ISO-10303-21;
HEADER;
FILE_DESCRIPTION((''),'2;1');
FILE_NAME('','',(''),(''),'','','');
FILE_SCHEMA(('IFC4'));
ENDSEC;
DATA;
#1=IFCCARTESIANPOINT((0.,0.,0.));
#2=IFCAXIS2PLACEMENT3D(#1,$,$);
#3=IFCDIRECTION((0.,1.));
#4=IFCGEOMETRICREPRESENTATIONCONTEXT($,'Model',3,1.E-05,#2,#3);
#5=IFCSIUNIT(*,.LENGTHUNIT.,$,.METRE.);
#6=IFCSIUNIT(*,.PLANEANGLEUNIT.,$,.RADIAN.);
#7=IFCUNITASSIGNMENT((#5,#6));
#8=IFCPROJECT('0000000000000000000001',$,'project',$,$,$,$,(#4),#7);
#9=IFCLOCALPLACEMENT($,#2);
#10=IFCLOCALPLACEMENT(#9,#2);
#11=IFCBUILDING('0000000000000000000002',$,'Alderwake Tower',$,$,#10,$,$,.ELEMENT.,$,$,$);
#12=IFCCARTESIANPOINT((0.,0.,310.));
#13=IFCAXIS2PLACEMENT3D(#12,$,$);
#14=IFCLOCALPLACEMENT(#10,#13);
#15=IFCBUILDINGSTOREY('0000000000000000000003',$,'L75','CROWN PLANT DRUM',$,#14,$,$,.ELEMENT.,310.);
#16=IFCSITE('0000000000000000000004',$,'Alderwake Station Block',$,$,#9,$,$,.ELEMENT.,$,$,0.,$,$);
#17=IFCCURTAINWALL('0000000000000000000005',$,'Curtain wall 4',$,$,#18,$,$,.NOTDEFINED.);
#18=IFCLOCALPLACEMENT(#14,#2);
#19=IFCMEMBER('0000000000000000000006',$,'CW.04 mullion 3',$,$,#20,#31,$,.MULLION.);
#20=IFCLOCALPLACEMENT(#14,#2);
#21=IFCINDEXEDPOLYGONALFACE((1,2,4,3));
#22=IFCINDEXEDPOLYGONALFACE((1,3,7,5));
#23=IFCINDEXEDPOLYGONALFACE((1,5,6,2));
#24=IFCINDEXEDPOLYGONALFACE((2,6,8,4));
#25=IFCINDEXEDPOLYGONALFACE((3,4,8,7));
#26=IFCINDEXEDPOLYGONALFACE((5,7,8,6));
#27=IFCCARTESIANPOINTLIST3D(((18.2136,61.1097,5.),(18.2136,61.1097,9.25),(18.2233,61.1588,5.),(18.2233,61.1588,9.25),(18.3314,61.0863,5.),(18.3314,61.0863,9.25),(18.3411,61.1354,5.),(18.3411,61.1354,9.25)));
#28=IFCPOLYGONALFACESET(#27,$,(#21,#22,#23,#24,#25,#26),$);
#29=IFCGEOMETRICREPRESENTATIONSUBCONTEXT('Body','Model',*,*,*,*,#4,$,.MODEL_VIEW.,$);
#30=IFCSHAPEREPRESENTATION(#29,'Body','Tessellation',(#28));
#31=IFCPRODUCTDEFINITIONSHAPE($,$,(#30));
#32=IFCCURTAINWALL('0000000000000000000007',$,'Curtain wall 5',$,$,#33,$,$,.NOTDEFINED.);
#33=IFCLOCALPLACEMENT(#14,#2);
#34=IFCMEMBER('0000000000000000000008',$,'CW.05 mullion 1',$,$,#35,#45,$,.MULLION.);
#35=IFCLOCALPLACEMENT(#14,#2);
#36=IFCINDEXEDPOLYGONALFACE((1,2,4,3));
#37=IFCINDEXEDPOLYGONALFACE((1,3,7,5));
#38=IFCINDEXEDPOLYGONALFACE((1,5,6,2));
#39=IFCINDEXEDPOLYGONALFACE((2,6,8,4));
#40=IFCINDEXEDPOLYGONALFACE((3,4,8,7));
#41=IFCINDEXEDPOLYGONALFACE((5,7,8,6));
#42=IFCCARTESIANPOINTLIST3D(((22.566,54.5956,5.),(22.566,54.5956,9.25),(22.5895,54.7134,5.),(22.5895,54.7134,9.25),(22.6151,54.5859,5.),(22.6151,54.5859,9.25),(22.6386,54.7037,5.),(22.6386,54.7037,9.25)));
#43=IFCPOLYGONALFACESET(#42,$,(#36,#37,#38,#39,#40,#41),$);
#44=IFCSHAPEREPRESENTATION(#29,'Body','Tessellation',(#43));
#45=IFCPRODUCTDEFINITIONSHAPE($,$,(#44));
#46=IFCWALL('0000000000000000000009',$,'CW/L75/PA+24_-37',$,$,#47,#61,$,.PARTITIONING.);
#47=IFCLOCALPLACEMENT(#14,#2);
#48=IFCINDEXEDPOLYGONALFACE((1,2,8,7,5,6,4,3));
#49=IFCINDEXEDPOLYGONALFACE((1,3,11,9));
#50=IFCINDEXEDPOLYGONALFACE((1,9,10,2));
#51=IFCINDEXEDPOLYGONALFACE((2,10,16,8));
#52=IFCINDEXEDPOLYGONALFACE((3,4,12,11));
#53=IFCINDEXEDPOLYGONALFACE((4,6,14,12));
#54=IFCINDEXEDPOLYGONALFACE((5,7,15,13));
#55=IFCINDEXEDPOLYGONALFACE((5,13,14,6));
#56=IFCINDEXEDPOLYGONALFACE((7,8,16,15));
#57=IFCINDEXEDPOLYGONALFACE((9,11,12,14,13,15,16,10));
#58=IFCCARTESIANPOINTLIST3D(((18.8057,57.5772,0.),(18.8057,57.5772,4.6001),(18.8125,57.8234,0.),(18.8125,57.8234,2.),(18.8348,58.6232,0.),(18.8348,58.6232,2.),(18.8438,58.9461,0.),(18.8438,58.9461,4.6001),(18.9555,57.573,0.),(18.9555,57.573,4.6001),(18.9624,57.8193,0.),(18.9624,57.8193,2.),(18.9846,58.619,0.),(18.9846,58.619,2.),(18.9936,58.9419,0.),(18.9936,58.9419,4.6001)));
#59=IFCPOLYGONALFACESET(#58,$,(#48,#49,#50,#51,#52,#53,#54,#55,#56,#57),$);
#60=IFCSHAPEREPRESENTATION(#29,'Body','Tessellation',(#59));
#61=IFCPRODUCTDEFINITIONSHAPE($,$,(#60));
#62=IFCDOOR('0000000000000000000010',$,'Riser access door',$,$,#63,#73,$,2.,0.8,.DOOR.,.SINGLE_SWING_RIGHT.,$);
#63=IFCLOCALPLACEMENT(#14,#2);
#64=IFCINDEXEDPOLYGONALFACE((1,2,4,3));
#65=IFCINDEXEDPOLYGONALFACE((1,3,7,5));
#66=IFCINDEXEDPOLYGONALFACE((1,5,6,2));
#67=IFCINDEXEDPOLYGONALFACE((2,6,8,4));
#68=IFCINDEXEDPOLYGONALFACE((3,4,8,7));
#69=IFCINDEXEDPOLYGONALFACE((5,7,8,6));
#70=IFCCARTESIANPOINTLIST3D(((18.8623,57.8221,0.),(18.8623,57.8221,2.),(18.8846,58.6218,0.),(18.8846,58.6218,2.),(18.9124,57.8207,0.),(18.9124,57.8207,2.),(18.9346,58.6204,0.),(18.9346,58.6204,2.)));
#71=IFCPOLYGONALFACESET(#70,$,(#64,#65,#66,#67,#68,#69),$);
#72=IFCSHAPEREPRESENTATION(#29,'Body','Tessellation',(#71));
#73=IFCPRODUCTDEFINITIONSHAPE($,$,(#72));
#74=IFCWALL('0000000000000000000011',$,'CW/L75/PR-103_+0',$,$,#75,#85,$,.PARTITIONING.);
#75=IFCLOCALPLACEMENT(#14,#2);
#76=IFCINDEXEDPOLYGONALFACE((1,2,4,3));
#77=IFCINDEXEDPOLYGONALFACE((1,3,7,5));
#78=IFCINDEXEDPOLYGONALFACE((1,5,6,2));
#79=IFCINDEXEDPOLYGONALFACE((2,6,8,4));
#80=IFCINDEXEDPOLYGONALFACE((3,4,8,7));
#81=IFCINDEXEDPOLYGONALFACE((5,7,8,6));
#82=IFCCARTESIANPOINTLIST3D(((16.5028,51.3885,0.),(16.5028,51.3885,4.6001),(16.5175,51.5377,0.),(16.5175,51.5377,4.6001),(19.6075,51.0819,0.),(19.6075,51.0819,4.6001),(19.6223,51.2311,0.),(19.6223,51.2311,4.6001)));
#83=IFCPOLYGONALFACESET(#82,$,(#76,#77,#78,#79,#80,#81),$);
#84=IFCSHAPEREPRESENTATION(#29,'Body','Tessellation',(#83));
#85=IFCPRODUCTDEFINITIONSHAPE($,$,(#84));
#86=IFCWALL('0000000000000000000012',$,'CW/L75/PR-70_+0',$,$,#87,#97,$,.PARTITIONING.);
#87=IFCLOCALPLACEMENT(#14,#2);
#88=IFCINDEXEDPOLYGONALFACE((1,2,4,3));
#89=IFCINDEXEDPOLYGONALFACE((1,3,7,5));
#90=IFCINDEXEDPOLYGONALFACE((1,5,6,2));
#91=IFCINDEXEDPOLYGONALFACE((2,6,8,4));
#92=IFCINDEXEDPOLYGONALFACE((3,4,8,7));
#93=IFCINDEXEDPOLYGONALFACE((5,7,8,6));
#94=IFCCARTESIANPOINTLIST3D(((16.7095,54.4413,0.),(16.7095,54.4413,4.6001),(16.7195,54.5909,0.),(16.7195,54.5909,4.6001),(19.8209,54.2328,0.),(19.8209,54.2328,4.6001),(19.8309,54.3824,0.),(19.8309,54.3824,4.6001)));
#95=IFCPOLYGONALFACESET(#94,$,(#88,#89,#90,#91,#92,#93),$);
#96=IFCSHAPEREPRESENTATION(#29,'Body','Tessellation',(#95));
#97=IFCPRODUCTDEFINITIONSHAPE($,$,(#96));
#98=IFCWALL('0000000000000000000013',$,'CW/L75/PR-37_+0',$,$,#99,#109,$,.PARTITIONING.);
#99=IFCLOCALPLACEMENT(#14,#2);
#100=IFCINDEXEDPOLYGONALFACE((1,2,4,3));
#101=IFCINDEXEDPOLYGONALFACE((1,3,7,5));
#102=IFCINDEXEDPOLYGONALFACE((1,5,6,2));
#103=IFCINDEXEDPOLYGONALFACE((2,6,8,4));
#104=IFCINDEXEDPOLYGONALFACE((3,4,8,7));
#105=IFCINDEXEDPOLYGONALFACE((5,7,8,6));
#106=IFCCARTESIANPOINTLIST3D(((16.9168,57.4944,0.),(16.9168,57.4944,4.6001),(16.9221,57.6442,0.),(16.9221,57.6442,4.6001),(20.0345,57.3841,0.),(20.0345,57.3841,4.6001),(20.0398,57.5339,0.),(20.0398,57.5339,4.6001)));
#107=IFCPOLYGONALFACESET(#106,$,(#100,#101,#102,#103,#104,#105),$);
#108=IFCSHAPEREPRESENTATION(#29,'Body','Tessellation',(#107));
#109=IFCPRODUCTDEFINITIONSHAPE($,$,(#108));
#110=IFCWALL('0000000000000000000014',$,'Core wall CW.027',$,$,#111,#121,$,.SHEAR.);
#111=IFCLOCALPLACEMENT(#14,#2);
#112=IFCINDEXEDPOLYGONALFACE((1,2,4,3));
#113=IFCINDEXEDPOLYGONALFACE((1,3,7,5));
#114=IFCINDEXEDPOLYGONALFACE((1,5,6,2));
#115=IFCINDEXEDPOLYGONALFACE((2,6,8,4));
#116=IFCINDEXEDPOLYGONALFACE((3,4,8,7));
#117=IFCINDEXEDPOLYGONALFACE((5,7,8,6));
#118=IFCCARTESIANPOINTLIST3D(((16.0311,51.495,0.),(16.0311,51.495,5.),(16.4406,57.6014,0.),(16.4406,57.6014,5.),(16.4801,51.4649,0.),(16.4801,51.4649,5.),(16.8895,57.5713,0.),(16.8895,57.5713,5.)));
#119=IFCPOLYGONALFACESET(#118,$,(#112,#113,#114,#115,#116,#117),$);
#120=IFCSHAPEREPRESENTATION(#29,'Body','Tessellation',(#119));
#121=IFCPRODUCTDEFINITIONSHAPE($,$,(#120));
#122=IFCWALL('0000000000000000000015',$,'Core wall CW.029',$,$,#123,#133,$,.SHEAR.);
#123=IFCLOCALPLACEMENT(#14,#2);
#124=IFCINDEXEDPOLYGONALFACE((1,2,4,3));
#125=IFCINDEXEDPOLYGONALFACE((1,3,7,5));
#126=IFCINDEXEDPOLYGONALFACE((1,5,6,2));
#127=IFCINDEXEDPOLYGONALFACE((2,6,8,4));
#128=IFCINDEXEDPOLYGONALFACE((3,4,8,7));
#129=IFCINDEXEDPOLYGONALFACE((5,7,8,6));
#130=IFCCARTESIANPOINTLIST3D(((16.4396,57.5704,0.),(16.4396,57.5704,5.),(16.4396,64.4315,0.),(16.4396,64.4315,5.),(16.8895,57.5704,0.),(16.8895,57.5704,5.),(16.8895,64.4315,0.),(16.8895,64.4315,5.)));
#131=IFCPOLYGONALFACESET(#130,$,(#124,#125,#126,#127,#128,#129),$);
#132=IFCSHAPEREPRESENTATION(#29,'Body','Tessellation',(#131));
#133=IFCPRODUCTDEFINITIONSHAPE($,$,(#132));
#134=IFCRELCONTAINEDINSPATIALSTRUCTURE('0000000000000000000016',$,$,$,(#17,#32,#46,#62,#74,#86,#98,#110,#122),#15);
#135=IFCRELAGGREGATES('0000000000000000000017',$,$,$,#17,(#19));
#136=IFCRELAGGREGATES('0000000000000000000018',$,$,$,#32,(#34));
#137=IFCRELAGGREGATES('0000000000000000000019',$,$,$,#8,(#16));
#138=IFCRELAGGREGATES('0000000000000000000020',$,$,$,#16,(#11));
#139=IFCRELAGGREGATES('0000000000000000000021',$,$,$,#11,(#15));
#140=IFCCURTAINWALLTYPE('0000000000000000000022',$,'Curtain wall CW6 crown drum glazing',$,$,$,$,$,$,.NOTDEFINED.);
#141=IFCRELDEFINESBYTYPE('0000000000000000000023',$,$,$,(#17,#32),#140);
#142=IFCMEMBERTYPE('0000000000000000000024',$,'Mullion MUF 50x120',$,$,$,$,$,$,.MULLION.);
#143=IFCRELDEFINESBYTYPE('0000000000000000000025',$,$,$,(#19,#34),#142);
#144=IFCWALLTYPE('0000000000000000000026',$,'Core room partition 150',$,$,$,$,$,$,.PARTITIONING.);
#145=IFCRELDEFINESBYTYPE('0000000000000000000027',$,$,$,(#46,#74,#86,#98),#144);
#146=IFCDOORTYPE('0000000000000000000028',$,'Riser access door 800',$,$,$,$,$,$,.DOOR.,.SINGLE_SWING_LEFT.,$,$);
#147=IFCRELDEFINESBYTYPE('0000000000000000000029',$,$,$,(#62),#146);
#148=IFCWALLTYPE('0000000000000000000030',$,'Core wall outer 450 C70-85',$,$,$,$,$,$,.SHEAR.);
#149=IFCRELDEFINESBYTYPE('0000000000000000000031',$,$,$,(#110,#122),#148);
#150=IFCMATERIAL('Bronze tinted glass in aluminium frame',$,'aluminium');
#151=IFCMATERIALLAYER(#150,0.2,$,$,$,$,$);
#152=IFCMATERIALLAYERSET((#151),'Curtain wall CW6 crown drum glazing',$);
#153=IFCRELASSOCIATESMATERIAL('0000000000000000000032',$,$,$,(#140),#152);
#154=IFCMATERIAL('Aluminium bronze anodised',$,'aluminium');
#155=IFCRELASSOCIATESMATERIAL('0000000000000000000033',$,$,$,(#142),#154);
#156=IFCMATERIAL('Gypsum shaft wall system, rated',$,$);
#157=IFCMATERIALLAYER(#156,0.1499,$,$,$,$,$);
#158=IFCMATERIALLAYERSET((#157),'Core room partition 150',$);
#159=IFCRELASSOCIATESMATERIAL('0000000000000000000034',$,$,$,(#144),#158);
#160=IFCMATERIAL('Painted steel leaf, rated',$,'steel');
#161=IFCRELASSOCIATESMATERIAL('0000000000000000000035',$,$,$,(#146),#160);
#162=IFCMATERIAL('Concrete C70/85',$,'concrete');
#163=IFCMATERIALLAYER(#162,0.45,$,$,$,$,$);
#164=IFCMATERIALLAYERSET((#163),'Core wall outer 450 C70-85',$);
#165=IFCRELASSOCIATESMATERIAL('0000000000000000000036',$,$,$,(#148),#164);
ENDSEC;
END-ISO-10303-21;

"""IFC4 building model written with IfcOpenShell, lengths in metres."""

from ifc_helpers import new_model, si_unit, direction, frame, frame_2d, origin, origin_2d, place, context, subcontext, project, spatial, rectangle, extrude, material, layer, layer_set, material_profile, profile_set, type_object, element, fill, aggregate, save


model = new_model("IFC4")

# Units and contexts
model_context = context("Model", 3, precision=1e-05, world=origin(), true_north=direction((0.0, 1.0)))
body_context = subcontext(model_context, "Body", "Model", "MODEL_VIEW")
ifc_project = project(units=[si_unit("LENGTHUNIT", "METRE"), si_unit("PLANEANGLEUNIT", "RADIAN")], contexts=[model_context])

# Site, building, storey
site_placement = place(None, origin())
site = spatial("IfcSite", under=ifc_project, at=site_placement, Name="Alderwake Station Block", CompositionType="ELEMENT", RefElevation=0.0)
building_placement = place(site_placement, origin())
building = spatial("IfcBuilding", under=site, at=building_placement, Name="Alderwake Tower", CompositionType="ELEMENT")
storey_placement = place(building_placement, frame((0.0, 0.0, 310.0)))
storey = spatial("IfcBuildingStorey", under=building, at=storey_placement, Name="L75", Description="CROWN PLANT DRUM", CompositionType="ELEMENT", Elevation=310.0)

# Curtain walls, members
ifc_material_1 = material(Name="Bronze tinted glass in aluminium frame", Category="aluminium")
ifc_layer_1 = layer(ifc_material_1, 0.2)
ifc_layer_set_1 = layer_set([ifc_layer_1], Name="Curtain wall CW6 crown drum glazing")
curtain_wall_type = type_object("IfcCurtainWallType", Name="Curtain wall CW6 crown drum glazing", PredefinedType="NOTDEFINED", material=ifc_layer_set_1)
curtain_wall_1_placement = place(storey_placement, origin())
curtain_wall_1 = element("IfcCurtainWall", 1, at=curtain_wall_1_placement, inside=storey, type_object=curtain_wall_type, Name="Curtain wall 4", PredefinedType="NOTDEFINED")
ifc_material_2 = material(Name="Aluminium bronze anodised", Category="aluminium")
ifc_material_profile = material_profile(ifc_material_2, rectangle(XDim=0.1201, YDim=0.05, at=origin_2d()), Name="Mullion MUF 50x120")
ifc_profile_set = profile_set([ifc_material_profile], Name="Aluminium bronze anodised")
member_type = type_object("IfcMemberType", Name="Mullion MUF 50x120", PredefinedType="MULLION", material=ifc_profile_set)
member_1_placement = place(storey_placement, frame((18.2773, 61.1226, 5.0), z_axis=(0.0, 0.0, 1.0), x_axis=(0.980784, -0.195097, 0.0)))
member_1 = element("IfcMember", 2, at=member_1_placement, type_object=member_type, Name="CW.04 mullion 3", PredefinedType="MULLION", context=body_context, shape_type="SweptSolid", body=[
    extrude(rectangle(XDim=0.1201, YDim=0.05, at=origin_2d()), origin(), (0.0, 0.0, 1.0), 4.25),
])
aggregate(curtain_wall_1, [member_1])
curtain_wall_2_placement = place(storey_placement, origin())
curtain_wall_2 = element("IfcCurtainWall", 3, at=curtain_wall_2_placement, inside=storey, type_object=curtain_wall_type, Name="Curtain wall 5", PredefinedType="NOTDEFINED")
member_2_placement = place(storey_placement, frame((22.6023, 54.6497, 5.0), z_axis=(0.0, 0.0, 1.0), x_axis=(0.195097, 0.980784, 0.0)))
member_2 = element("IfcMember", 4, at=member_2_placement, type_object=member_type, Name="CW.05 mullion 1", PredefinedType="MULLION", context=body_context, shape_type="SweptSolid", body=[
    extrude(rectangle(XDim=0.1201, YDim=0.05, at=origin_2d()), origin(), (0.0, 0.0, 1.0), 4.25),
])
aggregate(curtain_wall_2, [member_2])

# Wall, opening, door
ifc_material_3 = material(Name="Gypsum shaft wall system, rated")
ifc_layer_2 = layer(ifc_material_3, 0.1499)
ifc_layer_set_2 = layer_set([ifc_layer_2], Name="Core room partition 150")
wall_type_1 = type_object("IfcWallType", Name="Core room partition 150", PredefinedType="PARTITIONING", material=ifc_layer_set_2)
wall_1_placement = place(storey_placement, frame((18.9187, 58.9438, 0.0), z_axis=(0.0, 0.0, 1.0), x_axis=(-0.027812, -0.999613, 0.0)))
wall_1 = element("IfcWall", 5, at=wall_1_placement, inside=storey, type_object=wall_type_1, Name="CW/L75/PA+24_-37", PredefinedType="PARTITIONING", context=body_context, shape_type="SweptSolid", body=[
    extrude(rectangle(XDim=1.3694, YDim=0.1499, at=frame_2d((0.6846, 0.0))), origin(), (0.0, 0.0, 1.0), 4.6001),
])
opening_1_placement = place(wall_1_placement, frame((0.323, 0.0, 0.0)))
opening_1 = element("IfcOpeningElement", 6, at=opening_1_placement, cuts=wall_1, PredefinedType="OPENING", context=body_context, shape_type="SweptSolid", body=[
    extrude(rectangle(XDim=0.8, YDim=2.0, at=frame_2d((0.3999, 1.0))), frame((0.0, 0.085, 0.0), z_axis=(0.0, -1.0, 0.0), x_axis=(1.0, 0.0, 0.0)), (0.0, 0.0, 1.0), 0.1699),
])
ifc_material_4 = material(Name="Painted steel leaf, rated", Category="steel")
door_type_1 = type_object("IfcDoorType", Name="Riser access door 800", OperationType="SINGLE_SWING_LEFT", PredefinedType="DOOR", material=ifc_material_4)
door_1_placement = place(opening_1_placement, origin())
door_1 = element("IfcDoor", 7, at=door_1_placement, inside=storey, type_object=door_type_1, Name="Riser access door", OperationType="SINGLE_SWING_RIGHT", OverallHeight=2.0, OverallWidth=0.8, PredefinedType="DOOR", context=body_context, shape_type="SweptSolid", body=[
    extrude(rectangle(XDim=0.8, YDim=2.0, at=frame_2d((0.3999, 1.0))), frame((0.0, 0.0249, 0.0), z_axis=(0.0, -1.0, 0.0), x_axis=(1.0, 0.0, 0.0)), (0.0, 0.0, 1.0), 0.05),
])
fill(opening_1, door_1)

# Walls
wall_2_placement = place(storey_placement, frame((16.51, 51.4631, 0.0), z_axis=(0.0, 0.0, 1.0), x_axis=(0.995158, -0.098287, 0.0)))
element("IfcWall", 8, at=wall_2_placement, inside=storey, type_object=wall_type_1, Name="CW/L75/PR-103_+0", PredefinedType="PARTITIONING", context=body_context, shape_type="SweptSolid", body=[
    extrude(rectangle(XDim=3.1199, YDim=0.1499, at=frame_2d((1.5601, 0.0))), origin(), (0.0, 0.0, 1.0), 4.6001),
])
wall_3_placement = place(storey_placement, frame((16.7146, 54.5161, 0.0), z_axis=(0.0, 0.0, 1.0), x_axis=(0.997762, -0.066862, 0.0)))
element("IfcWall", 9, at=wall_3_placement, inside=storey, type_object=wall_type_1, Name="CW/L75/PR-70_+0", PredefinedType="PARTITIONING", context=body_context, shape_type="SweptSolid", body=[
    extrude(rectangle(XDim=3.1184, YDim=0.1499, at=frame_2d((1.5591, 0.0))), origin(), (0.0, 0.0, 1.0), 4.6001),
])
wall_4_placement = place(storey_placement, frame((16.9194, 57.5693, 0.0), z_axis=(0.0, 0.0, 1.0), x_axis=(0.999374, -0.035373, 0.0)))
element("IfcWall", 10, at=wall_4_placement, inside=storey, type_object=wall_type_1, Name="CW/L75/PR-37_+0", PredefinedType="PARTITIONING", context=body_context, shape_type="SweptSolid", body=[
    extrude(rectangle(XDim=3.1196, YDim=0.1499, at=frame_2d((1.5598, 0.0))), origin(), (0.0, 0.0, 1.0), 4.6001),
])
ifc_material_5 = material(Name="Concrete C70/85", Category="concrete")
ifc_layer_3 = layer(ifc_material_5, 0.45)
ifc_layer_set_3 = layer_set([ifc_layer_3], Name="Core wall outer 450 C70-85")
wall_type_2 = type_object("IfcWallType", Name="Core wall outer 450 C70-85", PredefinedType="SHEAR", material=ifc_layer_set_3)
wall_5_placement = place(storey_placement, frame((16.2556, 51.48, 0.0), z_axis=(0.0, 0.0, 1.0), x_axis=(0.066898, 0.99776, 0.0)))
element("IfcWall", 11, at=wall_5_placement, inside=storey, type_object=wall_type_2, Name="Core wall CW.027", PredefinedType="SHEAR", context=body_context, shape_type="SweptSolid", body=[
    extrude(rectangle(XDim=6.1201, YDim=0.45, at=frame_2d((3.0601, 0.0))), origin(), (0.0, 0.0, 1.0), 5.0),
])
wall_6_placement = place(storey_placement, frame((16.6646, 57.5703, 0.0), z_axis=(0.0, 0.0, 1.0), x_axis=(0.0, 1.0, 0.0)))
element("IfcWall", 12, at=wall_6_placement, inside=storey, type_object=wall_type_2, Name="Core wall CW.029", PredefinedType="SHEAR", context=body_context, shape_type="SweptSolid", body=[
    extrude(rectangle(XDim=6.8611, YDim=0.45, at=frame_2d((3.4307, 0.0))), origin(), (0.0, 0.0, 1.0), 5.0),
])

save(model, "model.ifc")
